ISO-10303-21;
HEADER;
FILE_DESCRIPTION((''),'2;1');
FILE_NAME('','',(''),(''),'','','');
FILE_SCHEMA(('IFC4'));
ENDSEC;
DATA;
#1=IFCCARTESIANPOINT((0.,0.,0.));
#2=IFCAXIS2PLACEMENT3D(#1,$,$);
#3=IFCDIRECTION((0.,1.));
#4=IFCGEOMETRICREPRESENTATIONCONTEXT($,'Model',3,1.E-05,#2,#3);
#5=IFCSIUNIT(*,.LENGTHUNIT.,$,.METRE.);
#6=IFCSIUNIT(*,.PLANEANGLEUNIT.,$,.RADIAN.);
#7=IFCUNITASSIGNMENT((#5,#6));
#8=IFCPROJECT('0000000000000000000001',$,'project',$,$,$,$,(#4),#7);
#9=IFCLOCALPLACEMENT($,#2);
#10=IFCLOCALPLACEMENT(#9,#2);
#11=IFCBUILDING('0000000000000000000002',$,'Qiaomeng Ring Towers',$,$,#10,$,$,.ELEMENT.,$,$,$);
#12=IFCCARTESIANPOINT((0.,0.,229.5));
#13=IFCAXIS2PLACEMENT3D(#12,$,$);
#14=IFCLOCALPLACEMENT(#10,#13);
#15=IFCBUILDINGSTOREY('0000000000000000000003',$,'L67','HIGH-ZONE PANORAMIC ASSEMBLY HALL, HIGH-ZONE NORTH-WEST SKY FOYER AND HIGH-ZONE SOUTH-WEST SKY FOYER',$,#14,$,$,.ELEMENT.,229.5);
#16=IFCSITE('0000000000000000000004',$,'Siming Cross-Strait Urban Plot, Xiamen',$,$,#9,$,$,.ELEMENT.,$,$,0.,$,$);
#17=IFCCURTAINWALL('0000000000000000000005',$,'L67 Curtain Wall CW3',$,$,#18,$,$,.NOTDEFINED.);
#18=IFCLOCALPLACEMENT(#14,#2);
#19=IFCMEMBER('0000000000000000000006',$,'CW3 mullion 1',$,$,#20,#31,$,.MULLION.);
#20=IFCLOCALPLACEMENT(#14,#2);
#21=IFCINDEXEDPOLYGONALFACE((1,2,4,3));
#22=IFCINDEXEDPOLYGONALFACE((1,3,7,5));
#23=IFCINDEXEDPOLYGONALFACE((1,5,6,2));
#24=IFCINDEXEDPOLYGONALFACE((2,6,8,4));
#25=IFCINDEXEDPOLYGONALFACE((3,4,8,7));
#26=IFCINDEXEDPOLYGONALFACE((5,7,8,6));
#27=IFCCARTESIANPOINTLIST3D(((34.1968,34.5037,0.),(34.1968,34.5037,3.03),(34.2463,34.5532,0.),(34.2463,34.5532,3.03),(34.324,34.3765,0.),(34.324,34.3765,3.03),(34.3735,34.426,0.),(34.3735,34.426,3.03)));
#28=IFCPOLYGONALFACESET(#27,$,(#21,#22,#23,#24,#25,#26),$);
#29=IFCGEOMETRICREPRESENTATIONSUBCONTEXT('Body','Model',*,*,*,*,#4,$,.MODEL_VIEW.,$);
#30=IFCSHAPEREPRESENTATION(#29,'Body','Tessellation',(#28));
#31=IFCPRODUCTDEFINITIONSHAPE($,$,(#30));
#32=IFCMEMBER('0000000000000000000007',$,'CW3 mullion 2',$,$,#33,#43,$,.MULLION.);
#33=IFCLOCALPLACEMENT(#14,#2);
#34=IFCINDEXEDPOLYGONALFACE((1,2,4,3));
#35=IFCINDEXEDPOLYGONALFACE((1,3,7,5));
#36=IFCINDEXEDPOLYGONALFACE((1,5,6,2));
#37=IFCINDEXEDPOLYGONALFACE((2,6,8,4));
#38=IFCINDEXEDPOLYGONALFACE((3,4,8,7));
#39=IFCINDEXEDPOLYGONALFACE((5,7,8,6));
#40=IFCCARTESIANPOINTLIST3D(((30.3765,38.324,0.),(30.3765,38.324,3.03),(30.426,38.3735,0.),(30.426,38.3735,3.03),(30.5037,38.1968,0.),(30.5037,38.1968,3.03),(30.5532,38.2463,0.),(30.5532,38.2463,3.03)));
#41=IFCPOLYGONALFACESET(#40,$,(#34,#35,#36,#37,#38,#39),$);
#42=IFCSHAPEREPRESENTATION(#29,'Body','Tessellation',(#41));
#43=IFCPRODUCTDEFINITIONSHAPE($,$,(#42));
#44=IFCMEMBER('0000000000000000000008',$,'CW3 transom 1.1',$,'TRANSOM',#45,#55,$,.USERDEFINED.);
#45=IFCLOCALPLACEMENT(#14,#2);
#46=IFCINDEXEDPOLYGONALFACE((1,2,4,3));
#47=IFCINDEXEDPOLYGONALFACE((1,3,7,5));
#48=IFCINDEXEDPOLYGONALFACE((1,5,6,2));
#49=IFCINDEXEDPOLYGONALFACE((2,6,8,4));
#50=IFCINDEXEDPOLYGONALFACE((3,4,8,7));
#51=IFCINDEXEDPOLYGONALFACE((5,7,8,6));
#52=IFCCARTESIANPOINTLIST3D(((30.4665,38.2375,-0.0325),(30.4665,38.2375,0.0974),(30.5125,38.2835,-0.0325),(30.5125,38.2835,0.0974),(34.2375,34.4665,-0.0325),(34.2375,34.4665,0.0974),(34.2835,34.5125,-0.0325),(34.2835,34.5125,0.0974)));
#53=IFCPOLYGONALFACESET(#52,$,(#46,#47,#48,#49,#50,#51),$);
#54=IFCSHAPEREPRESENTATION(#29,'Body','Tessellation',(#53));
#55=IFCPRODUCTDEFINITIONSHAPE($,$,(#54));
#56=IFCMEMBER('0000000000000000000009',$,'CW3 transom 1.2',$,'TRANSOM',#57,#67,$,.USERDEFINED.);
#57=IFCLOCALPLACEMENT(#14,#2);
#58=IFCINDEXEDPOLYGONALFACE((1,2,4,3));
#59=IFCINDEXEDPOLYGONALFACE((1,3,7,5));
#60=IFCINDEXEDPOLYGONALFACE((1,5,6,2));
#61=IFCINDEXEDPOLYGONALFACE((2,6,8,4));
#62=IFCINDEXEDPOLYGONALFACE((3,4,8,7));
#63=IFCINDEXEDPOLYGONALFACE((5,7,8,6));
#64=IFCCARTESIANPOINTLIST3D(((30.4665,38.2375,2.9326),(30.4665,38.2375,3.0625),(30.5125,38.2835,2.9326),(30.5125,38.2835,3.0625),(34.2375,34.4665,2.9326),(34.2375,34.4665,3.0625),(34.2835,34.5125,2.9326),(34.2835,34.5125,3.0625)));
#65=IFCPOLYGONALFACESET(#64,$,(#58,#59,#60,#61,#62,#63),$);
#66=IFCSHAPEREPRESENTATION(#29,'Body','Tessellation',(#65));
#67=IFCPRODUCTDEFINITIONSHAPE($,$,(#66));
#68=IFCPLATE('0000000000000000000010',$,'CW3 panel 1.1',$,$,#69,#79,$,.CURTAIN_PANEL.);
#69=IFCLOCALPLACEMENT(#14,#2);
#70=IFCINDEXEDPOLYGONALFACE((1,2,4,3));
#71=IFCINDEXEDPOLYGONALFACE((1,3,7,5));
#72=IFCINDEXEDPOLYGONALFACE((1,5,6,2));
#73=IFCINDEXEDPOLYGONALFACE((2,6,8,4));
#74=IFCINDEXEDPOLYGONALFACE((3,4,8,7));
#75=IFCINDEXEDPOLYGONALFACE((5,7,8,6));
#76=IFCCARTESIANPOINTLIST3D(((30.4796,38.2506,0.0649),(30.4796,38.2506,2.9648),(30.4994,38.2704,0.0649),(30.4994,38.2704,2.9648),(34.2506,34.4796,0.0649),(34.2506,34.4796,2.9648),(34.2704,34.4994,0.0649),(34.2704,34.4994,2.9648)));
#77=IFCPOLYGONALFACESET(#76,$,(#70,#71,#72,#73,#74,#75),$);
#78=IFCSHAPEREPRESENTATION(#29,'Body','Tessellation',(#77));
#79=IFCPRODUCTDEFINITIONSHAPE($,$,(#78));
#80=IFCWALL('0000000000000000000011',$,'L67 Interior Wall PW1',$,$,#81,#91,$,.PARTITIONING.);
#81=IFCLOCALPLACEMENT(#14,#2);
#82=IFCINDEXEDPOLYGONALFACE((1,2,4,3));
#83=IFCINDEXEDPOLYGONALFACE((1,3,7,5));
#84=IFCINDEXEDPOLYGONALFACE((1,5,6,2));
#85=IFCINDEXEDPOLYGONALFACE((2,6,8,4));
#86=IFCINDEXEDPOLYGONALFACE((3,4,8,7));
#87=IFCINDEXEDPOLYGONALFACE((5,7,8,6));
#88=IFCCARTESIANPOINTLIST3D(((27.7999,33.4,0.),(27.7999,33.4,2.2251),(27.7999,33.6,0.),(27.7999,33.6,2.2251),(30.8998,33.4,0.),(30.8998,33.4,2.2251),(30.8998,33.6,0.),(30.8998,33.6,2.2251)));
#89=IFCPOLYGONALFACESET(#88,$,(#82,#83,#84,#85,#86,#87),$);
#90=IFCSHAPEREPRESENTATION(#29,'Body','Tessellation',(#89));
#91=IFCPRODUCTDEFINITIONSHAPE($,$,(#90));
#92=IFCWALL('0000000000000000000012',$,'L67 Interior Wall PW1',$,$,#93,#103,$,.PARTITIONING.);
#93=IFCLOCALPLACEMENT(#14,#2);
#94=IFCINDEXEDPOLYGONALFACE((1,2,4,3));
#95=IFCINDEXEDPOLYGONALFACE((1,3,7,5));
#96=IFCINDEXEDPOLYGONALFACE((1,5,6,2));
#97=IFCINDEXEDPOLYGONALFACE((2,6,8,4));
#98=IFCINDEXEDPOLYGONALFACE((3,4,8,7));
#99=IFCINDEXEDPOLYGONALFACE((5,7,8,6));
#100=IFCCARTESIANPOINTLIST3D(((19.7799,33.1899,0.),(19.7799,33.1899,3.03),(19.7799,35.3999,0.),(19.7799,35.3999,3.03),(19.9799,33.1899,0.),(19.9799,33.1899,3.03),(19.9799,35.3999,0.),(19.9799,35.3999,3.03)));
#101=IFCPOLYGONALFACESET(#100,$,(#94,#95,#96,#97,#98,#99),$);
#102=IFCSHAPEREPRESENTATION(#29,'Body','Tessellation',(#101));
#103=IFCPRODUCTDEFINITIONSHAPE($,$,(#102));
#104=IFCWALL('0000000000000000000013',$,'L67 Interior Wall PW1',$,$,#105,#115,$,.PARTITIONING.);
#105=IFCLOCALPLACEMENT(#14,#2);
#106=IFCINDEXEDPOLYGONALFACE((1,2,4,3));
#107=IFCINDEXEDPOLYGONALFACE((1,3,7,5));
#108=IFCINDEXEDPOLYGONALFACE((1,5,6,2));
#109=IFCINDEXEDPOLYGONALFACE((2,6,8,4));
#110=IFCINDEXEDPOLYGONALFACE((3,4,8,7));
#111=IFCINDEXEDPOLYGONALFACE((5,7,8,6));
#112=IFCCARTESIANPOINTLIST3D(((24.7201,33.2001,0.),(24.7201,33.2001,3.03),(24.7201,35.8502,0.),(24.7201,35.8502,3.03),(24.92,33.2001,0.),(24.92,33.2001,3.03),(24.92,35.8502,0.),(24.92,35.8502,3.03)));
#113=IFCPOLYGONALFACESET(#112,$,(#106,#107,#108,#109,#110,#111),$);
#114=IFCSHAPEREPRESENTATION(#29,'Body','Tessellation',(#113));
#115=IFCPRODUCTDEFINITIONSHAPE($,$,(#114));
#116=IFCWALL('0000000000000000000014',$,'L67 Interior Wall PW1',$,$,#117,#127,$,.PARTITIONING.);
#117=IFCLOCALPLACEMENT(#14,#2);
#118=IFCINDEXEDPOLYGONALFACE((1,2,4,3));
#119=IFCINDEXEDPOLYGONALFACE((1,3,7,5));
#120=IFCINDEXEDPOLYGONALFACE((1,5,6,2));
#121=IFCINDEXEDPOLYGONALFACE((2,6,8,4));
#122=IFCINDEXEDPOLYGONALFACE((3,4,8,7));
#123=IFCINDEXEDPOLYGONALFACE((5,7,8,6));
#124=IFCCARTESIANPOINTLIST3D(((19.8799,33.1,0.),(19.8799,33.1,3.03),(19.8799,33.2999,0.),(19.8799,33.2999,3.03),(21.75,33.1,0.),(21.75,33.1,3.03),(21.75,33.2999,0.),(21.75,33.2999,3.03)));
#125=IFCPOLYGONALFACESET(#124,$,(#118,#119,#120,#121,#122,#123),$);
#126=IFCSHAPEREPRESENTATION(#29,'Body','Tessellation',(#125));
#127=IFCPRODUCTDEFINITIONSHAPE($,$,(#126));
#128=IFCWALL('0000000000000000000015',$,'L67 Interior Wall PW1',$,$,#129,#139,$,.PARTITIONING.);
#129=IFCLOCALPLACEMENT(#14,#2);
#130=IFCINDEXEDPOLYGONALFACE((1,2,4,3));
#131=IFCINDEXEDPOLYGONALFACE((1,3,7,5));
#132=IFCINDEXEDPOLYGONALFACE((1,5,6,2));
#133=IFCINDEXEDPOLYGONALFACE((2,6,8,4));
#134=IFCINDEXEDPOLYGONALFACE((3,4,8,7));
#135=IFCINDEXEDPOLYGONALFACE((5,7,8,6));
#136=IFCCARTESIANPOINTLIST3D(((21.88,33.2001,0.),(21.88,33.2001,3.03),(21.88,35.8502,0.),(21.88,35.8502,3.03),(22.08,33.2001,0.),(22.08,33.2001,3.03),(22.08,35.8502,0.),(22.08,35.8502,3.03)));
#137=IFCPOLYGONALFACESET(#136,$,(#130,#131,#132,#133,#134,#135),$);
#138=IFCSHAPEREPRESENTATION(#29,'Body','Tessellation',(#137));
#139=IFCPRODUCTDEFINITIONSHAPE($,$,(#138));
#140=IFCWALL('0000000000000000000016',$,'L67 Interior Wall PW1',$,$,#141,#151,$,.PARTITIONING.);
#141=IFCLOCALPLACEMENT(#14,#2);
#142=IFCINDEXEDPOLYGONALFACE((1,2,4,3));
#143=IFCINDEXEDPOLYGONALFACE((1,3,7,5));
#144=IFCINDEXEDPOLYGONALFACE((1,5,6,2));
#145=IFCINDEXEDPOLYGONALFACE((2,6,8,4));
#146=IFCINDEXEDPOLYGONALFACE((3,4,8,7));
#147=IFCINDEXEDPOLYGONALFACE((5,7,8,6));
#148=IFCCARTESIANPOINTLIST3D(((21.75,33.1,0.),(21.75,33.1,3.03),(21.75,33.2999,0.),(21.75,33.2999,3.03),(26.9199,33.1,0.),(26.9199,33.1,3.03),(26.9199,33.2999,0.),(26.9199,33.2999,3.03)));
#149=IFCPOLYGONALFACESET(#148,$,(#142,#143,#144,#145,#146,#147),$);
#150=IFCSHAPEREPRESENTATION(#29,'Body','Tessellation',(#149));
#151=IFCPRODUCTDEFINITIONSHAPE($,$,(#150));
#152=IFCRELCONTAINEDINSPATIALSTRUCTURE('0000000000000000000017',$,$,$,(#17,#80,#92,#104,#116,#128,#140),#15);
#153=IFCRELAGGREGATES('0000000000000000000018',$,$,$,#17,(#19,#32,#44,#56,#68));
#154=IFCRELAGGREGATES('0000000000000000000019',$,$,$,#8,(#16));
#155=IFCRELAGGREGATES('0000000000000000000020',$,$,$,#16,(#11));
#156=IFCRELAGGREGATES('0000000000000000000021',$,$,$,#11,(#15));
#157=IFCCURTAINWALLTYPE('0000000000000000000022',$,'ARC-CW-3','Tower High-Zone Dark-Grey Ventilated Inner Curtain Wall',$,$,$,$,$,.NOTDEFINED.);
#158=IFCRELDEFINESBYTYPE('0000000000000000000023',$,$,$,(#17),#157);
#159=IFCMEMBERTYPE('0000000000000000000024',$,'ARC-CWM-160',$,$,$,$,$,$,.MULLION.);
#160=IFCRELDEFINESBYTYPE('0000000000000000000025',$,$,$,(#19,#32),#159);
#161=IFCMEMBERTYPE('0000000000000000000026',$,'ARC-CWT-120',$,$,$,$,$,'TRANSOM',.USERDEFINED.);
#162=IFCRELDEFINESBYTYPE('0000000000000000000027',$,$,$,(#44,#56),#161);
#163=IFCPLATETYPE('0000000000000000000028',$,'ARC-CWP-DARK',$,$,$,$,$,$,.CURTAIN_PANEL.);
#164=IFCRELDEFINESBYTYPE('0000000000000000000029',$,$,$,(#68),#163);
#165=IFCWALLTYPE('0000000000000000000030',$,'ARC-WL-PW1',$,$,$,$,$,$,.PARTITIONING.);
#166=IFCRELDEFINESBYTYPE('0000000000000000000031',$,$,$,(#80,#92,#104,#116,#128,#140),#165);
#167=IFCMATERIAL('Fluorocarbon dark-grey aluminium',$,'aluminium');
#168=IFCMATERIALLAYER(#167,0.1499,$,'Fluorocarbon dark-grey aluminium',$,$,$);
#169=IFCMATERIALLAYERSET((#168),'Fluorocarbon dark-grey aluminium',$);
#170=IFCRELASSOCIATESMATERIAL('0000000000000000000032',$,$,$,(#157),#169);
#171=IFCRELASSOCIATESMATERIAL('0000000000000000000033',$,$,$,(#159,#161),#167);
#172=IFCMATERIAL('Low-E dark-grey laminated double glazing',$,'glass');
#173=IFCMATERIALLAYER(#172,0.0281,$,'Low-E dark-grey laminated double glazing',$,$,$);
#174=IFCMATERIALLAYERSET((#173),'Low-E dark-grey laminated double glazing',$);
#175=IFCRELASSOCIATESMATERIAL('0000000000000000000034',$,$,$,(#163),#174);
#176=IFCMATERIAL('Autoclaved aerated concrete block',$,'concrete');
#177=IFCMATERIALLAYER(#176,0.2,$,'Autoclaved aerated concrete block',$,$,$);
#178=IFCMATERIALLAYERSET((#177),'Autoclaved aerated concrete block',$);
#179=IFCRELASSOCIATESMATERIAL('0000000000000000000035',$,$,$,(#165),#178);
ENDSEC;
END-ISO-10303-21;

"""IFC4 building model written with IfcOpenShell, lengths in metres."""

from ifc_helpers import new_model, si_unit, direction, frame, frame_2d, origin, origin_2d, place, context, subcontext, project, spatial, rectangle, extrude, source, transform, mapped, material, layer, layer_set, material_profile, profile_set, type_object, element, aggregate, save


model = new_model("IFC4")

# Units and contexts
model_context = context("Model", 3, precision=1e-05, world=origin(), true_north=direction((0.0, 1.0)))
body_context = subcontext(model_context, "Body", "Model", "MODEL_VIEW")
ifc_project = project(units=[si_unit("LENGTHUNIT", "METRE"), si_unit("PLANEANGLEUNIT", "RADIAN")], contexts=[model_context])

# Site, building, storey
site_placement = place(None, origin())
site = spatial("IfcSite", under=ifc_project, at=site_placement, Name="Siming Cross-Strait Urban Plot, Xiamen", CompositionType="ELEMENT", RefElevation=0.0)
building_placement = place(site_placement, origin())
building = spatial("IfcBuilding", under=site, at=building_placement, Name="Qiaomeng Ring Towers", CompositionType="ELEMENT")
storey_placement = place(building_placement, frame((0.0, 0.0, 229.5)))
storey = spatial("IfcBuildingStorey", under=building, at=storey_placement, Name="L67", Description="HIGH-ZONE PANORAMIC ASSEMBLY HALL, HIGH-ZONE NORTH-WEST SKY FOYER AND HIGH-ZONE SOUTH-WEST SKY FOYER", CompositionType="ELEMENT", Elevation=229.5)

# Curtain wall, members, plate
ifc_material_1 = material(Name="Fluorocarbon dark-grey aluminium", Category="aluminium")
ifc_layer_1 = layer(ifc_material_1, 0.1499, Name="Fluorocarbon dark-grey aluminium")
ifc_layer_set_1 = layer_set([ifc_layer_1], Name="Fluorocarbon dark-grey aluminium")
curtain_wall_type = type_object("IfcCurtainWallType", Name="ARC-CW-3", Description="Tower High-Zone Dark-Grey Ventilated Inner Curtain Wall", PredefinedType="NOTDEFINED", material=ifc_layer_set_1)
curtain_wall_placement = place(storey_placement, origin())
curtain_wall = element("IfcCurtainWall", 1, at=curtain_wall_placement, inside=storey, type_object=curtain_wall_type, Name="L67 Curtain Wall CW3", PredefinedType="NOTDEFINED")
ifc_material_profile_1 = material_profile(ifc_material_1, rectangle(XDim=0.0701, YDim=0.1799, at=origin_2d()), Name="ALU MULL 70x180")
ifc_profile_set_1 = profile_set([ifc_material_profile_1], Name="Fluorocarbon dark-grey aluminium")
member_type_1 = type_object("IfcMemberType", Name="ARC-CWM-160", PredefinedType="MULLION", material=ifc_profile_set_1)
shared_shape_1 = source(origin(), body_context, "Body", "SweptSolid", [
    extrude(rectangle(XDim=0.0701, YDim=0.1799, at=origin_2d()), origin(), (0.0, 0.0, 1.0), 3.03),
])
member_1_placement = place(storey_placement, frame((34.2852, 34.4648, 0.0), z_axis=(0.0, 0.0, 1.0), x_axis=(-0.707107, -0.707107, 0.0)))
member_1 = element("IfcMember", 2, at=member_1_placement, type_object=member_type_1, Name="CW3 mullion 1", PredefinedType="MULLION", context=body_context, shape_type="MappedRepresentation", body=[
    mapped(shared_shape_1, transform((0.0, 0.0, 0.0), x_axis=(1.0, 0.0, 0.0), y_axis=(0.0, 1.0, 0.0), z_axis=(0.0, 0.0, 1.0), scale=1.0)),
])
member_2_placement = place(storey_placement, frame((30.4648, 38.2852, 0.0), z_axis=(0.0, 0.0, 1.0), x_axis=(-0.707107, -0.707107, 0.0)))
member_2 = element("IfcMember", 3, at=member_2_placement, type_object=member_type_1, Name="CW3 mullion 2", PredefinedType="MULLION", context=body_context, shape_type="MappedRepresentation", body=[
    mapped(shared_shape_1, transform((0.0, 0.0, 0.0), x_axis=(1.0, 0.0, 0.0), y_axis=(0.0, 1.0, 0.0), z_axis=(0.0, 0.0, 1.0), scale=1.0)),
])
ifc_material_profile_2 = material_profile(ifc_material_1, rectangle(XDim=0.0649, YDim=0.1299, at=origin_2d()), Name="ALU TRAN 65x130")
ifc_profile_set_2 = profile_set([ifc_material_profile_2], Name="Fluorocarbon dark-grey aluminium")
member_type_2 = type_object("IfcMemberType", Name="ARC-CWT-120", ElementType="TRANSOM", PredefinedType="USERDEFINED", material=ifc_profile_set_2)
shared_shape_2 = source(origin(), body_context, "Body", "SweptSolid", [
    extrude(rectangle(XDim=0.0649, YDim=0.1299, at=origin_2d()), origin(), (0.0, 0.0, 1.0), 5.333),
])
member_3_placement = place(storey_placement, frame((34.2605, 34.4895, 0.0325), z_axis=(-0.707107, 0.707107, 0.0), x_axis=(-0.707107, -0.707107, 0.0)))
member_3 = element("IfcMember", 4, at=member_3_placement, type_object=member_type_2, Name="CW3 transom 1.1", ObjectType="TRANSOM", PredefinedType="USERDEFINED", context=body_context, shape_type="MappedRepresentation", body=[
    mapped(shared_shape_2, transform((0.0, 0.0, 0.0), x_axis=(1.0, 0.0, 0.0), y_axis=(0.0, 1.0, 0.0), z_axis=(0.0, 0.0, 1.0), scale=1.0)),
])
member_4_placement = place(storey_placement, frame((34.2605, 34.4895, 2.9976), z_axis=(-0.707107, 0.707107, 0.0), x_axis=(-0.707107, -0.707107, 0.0)))
member_4 = element("IfcMember", 5, at=member_4_placement, type_object=member_type_2, Name="CW3 transom 1.2", ObjectType="TRANSOM", PredefinedType="USERDEFINED", context=body_context, shape_type="MappedRepresentation", body=[
    mapped(shared_shape_2, transform((0.0, 0.0, 0.0), x_axis=(1.0, 0.0, 0.0), y_axis=(0.0, 1.0, 0.0), z_axis=(0.0, 0.0, 1.0), scale=1.0)),
])
ifc_material_2 = material(Name="Low-E dark-grey laminated double glazing", Category="glass")
ifc_layer_2 = layer(ifc_material_2, 0.0281, Name="Low-E dark-grey laminated double glazing")
ifc_layer_set_2 = layer_set([ifc_layer_2], Name="Low-E dark-grey laminated double glazing")
plate_type = type_object("IfcPlateType", Name="ARC-CWP-DARK", PredefinedType="CURTAIN_PANEL", material=ifc_layer_set_2)
shared_shape_3 = source(origin(), body_context, "Body", "SweptSolid", [
    extrude(rectangle(XDim=5.333, YDim=0.0281, at=origin_2d()), origin(), (0.0, 0.0, 1.0), 2.8999),
])
plate_placement = place(storey_placement, frame((32.375, 36.375, 0.0649), z_axis=(0.0, 0.0, 1.0), x_axis=(-0.707107, 0.707107, 0.0)))
plate = element("IfcPlate", 6, at=plate_placement, type_object=plate_type, Name="CW3 panel 1.1", PredefinedType="CURTAIN_PANEL", context=body_context, shape_type="MappedRepresentation", body=[
    mapped(shared_shape_3, transform((0.0, 0.0, 0.0), x_axis=(1.0, 0.0, 0.0), y_axis=(0.0, 1.0, 0.0), z_axis=(0.0, 0.0, 1.0), scale=1.0)),
])
aggregate(curtain_wall, [member_1, member_2, member_3, member_4, plate])

# Walls
ifc_material_3 = material(Name="Autoclaved aerated concrete block", Category="concrete")
ifc_layer_3 = layer(ifc_material_3, 0.2, Name="Autoclaved aerated concrete block")
ifc_layer_set_3 = layer_set([ifc_layer_3], Name="Autoclaved aerated concrete block")
wall_type_1 = type_object("IfcWallType", Name="ARC-WL-PW1", PredefinedType="PARTITIONING", material=ifc_layer_set_3)
wall_1_placement = place(storey_placement, frame((27.8, 33.5, 0.0), z_axis=(0.0, 0.0, 1.0), x_axis=(1.0, 0.0, 0.0)))
element("IfcWall", 7, at=wall_1_placement, inside=storey, type_object=wall_type_1, Name="L67 Interior Wall PW1", PredefinedType="PARTITIONING", context=body_context, shape_type="SweptSolid", body=[
    extrude(rectangle(XDim=3.0999, YDim=0.2, at=frame_2d((1.5498, 0.0))), origin(), (0.0, 0.0, 1.0), 2.2251),
])
wall_2_placement = place(storey_placement, frame((19.8799, 33.1899, 0.0), z_axis=(0.0, 0.0, 1.0), x_axis=(0.0, 1.0, 0.0)))
element("IfcWall", 8, at=wall_2_placement, inside=storey, type_object=wall_type_1, Name="L67 Interior Wall PW1", PredefinedType="PARTITIONING", context=body_context, shape_type="SweptSolid", body=[
    extrude(rectangle(XDim=2.21, YDim=0.2, at=frame_2d((1.105, 0.0))), origin(), (0.0, 0.0, 1.0), 3.03),
])
wall_3_placement = place(storey_placement, frame((24.8201, 33.2, 0.0), z_axis=(0.0, 0.0, 1.0), x_axis=(0.0, 1.0, 0.0)))
element("IfcWall", 9, at=wall_3_placement, inside=storey, type_object=wall_type_1, Name="L67 Interior Wall PW1", PredefinedType="PARTITIONING", context=body_context, shape_type="SweptSolid", body=[
    extrude(rectangle(XDim=2.6501, YDim=0.2, at=frame_2d((1.3252, 0.0))), origin(), (0.0, 0.0, 1.0), 3.03),
])
wall_4_placement = place(storey_placement, frame((19.8799, 33.2, 0.0), z_axis=(0.0, 0.0, 1.0), x_axis=(1.0, 0.0, 0.0)))
element("IfcWall", 10, at=wall_4_placement, inside=storey, type_object=wall_type_1, Name="L67 Interior Wall PW1", PredefinedType="PARTITIONING", context=body_context, shape_type="SweptSolid", body=[
    extrude(rectangle(XDim=1.8701, YDim=0.2, at=frame_2d((0.9351, 0.0))), origin(), (0.0, 0.0, 1.0), 3.03),
])
wall_5_placement = place(storey_placement, frame((21.98, 33.2, 0.0), z_axis=(0.0, 0.0, 1.0), x_axis=(0.0, 1.0, 0.0)))
element("IfcWall", 11, at=wall_5_placement, inside=storey, type_object=wall_type_1, Name="L67 Interior Wall PW1", PredefinedType="PARTITIONING", context=body_context, shape_type="SweptSolid", body=[
    extrude(rectangle(XDim=2.6501, YDim=0.2, at=frame_2d((1.3252, 0.0))), origin(), (0.0, 0.0, 1.0), 3.03),
])
wall_6_placement = place(storey_placement, frame((21.75, 33.2, 0.0), z_axis=(0.0, 0.0, 1.0), x_axis=(1.0, 0.0, 0.0)))
element("IfcWall", 12, at=wall_6_placement, inside=storey, type_object=wall_type_1, Name="L67 Interior Wall PW1", PredefinedType="PARTITIONING", context=body_context, shape_type="SweptSolid", body=[
    extrude(rectangle(XDim=5.1699, YDim=0.2, at=frame_2d((2.585, 0.0))), origin(), (0.0, 0.0, 1.0), 3.03),
])

save(model, "model.ifc")
